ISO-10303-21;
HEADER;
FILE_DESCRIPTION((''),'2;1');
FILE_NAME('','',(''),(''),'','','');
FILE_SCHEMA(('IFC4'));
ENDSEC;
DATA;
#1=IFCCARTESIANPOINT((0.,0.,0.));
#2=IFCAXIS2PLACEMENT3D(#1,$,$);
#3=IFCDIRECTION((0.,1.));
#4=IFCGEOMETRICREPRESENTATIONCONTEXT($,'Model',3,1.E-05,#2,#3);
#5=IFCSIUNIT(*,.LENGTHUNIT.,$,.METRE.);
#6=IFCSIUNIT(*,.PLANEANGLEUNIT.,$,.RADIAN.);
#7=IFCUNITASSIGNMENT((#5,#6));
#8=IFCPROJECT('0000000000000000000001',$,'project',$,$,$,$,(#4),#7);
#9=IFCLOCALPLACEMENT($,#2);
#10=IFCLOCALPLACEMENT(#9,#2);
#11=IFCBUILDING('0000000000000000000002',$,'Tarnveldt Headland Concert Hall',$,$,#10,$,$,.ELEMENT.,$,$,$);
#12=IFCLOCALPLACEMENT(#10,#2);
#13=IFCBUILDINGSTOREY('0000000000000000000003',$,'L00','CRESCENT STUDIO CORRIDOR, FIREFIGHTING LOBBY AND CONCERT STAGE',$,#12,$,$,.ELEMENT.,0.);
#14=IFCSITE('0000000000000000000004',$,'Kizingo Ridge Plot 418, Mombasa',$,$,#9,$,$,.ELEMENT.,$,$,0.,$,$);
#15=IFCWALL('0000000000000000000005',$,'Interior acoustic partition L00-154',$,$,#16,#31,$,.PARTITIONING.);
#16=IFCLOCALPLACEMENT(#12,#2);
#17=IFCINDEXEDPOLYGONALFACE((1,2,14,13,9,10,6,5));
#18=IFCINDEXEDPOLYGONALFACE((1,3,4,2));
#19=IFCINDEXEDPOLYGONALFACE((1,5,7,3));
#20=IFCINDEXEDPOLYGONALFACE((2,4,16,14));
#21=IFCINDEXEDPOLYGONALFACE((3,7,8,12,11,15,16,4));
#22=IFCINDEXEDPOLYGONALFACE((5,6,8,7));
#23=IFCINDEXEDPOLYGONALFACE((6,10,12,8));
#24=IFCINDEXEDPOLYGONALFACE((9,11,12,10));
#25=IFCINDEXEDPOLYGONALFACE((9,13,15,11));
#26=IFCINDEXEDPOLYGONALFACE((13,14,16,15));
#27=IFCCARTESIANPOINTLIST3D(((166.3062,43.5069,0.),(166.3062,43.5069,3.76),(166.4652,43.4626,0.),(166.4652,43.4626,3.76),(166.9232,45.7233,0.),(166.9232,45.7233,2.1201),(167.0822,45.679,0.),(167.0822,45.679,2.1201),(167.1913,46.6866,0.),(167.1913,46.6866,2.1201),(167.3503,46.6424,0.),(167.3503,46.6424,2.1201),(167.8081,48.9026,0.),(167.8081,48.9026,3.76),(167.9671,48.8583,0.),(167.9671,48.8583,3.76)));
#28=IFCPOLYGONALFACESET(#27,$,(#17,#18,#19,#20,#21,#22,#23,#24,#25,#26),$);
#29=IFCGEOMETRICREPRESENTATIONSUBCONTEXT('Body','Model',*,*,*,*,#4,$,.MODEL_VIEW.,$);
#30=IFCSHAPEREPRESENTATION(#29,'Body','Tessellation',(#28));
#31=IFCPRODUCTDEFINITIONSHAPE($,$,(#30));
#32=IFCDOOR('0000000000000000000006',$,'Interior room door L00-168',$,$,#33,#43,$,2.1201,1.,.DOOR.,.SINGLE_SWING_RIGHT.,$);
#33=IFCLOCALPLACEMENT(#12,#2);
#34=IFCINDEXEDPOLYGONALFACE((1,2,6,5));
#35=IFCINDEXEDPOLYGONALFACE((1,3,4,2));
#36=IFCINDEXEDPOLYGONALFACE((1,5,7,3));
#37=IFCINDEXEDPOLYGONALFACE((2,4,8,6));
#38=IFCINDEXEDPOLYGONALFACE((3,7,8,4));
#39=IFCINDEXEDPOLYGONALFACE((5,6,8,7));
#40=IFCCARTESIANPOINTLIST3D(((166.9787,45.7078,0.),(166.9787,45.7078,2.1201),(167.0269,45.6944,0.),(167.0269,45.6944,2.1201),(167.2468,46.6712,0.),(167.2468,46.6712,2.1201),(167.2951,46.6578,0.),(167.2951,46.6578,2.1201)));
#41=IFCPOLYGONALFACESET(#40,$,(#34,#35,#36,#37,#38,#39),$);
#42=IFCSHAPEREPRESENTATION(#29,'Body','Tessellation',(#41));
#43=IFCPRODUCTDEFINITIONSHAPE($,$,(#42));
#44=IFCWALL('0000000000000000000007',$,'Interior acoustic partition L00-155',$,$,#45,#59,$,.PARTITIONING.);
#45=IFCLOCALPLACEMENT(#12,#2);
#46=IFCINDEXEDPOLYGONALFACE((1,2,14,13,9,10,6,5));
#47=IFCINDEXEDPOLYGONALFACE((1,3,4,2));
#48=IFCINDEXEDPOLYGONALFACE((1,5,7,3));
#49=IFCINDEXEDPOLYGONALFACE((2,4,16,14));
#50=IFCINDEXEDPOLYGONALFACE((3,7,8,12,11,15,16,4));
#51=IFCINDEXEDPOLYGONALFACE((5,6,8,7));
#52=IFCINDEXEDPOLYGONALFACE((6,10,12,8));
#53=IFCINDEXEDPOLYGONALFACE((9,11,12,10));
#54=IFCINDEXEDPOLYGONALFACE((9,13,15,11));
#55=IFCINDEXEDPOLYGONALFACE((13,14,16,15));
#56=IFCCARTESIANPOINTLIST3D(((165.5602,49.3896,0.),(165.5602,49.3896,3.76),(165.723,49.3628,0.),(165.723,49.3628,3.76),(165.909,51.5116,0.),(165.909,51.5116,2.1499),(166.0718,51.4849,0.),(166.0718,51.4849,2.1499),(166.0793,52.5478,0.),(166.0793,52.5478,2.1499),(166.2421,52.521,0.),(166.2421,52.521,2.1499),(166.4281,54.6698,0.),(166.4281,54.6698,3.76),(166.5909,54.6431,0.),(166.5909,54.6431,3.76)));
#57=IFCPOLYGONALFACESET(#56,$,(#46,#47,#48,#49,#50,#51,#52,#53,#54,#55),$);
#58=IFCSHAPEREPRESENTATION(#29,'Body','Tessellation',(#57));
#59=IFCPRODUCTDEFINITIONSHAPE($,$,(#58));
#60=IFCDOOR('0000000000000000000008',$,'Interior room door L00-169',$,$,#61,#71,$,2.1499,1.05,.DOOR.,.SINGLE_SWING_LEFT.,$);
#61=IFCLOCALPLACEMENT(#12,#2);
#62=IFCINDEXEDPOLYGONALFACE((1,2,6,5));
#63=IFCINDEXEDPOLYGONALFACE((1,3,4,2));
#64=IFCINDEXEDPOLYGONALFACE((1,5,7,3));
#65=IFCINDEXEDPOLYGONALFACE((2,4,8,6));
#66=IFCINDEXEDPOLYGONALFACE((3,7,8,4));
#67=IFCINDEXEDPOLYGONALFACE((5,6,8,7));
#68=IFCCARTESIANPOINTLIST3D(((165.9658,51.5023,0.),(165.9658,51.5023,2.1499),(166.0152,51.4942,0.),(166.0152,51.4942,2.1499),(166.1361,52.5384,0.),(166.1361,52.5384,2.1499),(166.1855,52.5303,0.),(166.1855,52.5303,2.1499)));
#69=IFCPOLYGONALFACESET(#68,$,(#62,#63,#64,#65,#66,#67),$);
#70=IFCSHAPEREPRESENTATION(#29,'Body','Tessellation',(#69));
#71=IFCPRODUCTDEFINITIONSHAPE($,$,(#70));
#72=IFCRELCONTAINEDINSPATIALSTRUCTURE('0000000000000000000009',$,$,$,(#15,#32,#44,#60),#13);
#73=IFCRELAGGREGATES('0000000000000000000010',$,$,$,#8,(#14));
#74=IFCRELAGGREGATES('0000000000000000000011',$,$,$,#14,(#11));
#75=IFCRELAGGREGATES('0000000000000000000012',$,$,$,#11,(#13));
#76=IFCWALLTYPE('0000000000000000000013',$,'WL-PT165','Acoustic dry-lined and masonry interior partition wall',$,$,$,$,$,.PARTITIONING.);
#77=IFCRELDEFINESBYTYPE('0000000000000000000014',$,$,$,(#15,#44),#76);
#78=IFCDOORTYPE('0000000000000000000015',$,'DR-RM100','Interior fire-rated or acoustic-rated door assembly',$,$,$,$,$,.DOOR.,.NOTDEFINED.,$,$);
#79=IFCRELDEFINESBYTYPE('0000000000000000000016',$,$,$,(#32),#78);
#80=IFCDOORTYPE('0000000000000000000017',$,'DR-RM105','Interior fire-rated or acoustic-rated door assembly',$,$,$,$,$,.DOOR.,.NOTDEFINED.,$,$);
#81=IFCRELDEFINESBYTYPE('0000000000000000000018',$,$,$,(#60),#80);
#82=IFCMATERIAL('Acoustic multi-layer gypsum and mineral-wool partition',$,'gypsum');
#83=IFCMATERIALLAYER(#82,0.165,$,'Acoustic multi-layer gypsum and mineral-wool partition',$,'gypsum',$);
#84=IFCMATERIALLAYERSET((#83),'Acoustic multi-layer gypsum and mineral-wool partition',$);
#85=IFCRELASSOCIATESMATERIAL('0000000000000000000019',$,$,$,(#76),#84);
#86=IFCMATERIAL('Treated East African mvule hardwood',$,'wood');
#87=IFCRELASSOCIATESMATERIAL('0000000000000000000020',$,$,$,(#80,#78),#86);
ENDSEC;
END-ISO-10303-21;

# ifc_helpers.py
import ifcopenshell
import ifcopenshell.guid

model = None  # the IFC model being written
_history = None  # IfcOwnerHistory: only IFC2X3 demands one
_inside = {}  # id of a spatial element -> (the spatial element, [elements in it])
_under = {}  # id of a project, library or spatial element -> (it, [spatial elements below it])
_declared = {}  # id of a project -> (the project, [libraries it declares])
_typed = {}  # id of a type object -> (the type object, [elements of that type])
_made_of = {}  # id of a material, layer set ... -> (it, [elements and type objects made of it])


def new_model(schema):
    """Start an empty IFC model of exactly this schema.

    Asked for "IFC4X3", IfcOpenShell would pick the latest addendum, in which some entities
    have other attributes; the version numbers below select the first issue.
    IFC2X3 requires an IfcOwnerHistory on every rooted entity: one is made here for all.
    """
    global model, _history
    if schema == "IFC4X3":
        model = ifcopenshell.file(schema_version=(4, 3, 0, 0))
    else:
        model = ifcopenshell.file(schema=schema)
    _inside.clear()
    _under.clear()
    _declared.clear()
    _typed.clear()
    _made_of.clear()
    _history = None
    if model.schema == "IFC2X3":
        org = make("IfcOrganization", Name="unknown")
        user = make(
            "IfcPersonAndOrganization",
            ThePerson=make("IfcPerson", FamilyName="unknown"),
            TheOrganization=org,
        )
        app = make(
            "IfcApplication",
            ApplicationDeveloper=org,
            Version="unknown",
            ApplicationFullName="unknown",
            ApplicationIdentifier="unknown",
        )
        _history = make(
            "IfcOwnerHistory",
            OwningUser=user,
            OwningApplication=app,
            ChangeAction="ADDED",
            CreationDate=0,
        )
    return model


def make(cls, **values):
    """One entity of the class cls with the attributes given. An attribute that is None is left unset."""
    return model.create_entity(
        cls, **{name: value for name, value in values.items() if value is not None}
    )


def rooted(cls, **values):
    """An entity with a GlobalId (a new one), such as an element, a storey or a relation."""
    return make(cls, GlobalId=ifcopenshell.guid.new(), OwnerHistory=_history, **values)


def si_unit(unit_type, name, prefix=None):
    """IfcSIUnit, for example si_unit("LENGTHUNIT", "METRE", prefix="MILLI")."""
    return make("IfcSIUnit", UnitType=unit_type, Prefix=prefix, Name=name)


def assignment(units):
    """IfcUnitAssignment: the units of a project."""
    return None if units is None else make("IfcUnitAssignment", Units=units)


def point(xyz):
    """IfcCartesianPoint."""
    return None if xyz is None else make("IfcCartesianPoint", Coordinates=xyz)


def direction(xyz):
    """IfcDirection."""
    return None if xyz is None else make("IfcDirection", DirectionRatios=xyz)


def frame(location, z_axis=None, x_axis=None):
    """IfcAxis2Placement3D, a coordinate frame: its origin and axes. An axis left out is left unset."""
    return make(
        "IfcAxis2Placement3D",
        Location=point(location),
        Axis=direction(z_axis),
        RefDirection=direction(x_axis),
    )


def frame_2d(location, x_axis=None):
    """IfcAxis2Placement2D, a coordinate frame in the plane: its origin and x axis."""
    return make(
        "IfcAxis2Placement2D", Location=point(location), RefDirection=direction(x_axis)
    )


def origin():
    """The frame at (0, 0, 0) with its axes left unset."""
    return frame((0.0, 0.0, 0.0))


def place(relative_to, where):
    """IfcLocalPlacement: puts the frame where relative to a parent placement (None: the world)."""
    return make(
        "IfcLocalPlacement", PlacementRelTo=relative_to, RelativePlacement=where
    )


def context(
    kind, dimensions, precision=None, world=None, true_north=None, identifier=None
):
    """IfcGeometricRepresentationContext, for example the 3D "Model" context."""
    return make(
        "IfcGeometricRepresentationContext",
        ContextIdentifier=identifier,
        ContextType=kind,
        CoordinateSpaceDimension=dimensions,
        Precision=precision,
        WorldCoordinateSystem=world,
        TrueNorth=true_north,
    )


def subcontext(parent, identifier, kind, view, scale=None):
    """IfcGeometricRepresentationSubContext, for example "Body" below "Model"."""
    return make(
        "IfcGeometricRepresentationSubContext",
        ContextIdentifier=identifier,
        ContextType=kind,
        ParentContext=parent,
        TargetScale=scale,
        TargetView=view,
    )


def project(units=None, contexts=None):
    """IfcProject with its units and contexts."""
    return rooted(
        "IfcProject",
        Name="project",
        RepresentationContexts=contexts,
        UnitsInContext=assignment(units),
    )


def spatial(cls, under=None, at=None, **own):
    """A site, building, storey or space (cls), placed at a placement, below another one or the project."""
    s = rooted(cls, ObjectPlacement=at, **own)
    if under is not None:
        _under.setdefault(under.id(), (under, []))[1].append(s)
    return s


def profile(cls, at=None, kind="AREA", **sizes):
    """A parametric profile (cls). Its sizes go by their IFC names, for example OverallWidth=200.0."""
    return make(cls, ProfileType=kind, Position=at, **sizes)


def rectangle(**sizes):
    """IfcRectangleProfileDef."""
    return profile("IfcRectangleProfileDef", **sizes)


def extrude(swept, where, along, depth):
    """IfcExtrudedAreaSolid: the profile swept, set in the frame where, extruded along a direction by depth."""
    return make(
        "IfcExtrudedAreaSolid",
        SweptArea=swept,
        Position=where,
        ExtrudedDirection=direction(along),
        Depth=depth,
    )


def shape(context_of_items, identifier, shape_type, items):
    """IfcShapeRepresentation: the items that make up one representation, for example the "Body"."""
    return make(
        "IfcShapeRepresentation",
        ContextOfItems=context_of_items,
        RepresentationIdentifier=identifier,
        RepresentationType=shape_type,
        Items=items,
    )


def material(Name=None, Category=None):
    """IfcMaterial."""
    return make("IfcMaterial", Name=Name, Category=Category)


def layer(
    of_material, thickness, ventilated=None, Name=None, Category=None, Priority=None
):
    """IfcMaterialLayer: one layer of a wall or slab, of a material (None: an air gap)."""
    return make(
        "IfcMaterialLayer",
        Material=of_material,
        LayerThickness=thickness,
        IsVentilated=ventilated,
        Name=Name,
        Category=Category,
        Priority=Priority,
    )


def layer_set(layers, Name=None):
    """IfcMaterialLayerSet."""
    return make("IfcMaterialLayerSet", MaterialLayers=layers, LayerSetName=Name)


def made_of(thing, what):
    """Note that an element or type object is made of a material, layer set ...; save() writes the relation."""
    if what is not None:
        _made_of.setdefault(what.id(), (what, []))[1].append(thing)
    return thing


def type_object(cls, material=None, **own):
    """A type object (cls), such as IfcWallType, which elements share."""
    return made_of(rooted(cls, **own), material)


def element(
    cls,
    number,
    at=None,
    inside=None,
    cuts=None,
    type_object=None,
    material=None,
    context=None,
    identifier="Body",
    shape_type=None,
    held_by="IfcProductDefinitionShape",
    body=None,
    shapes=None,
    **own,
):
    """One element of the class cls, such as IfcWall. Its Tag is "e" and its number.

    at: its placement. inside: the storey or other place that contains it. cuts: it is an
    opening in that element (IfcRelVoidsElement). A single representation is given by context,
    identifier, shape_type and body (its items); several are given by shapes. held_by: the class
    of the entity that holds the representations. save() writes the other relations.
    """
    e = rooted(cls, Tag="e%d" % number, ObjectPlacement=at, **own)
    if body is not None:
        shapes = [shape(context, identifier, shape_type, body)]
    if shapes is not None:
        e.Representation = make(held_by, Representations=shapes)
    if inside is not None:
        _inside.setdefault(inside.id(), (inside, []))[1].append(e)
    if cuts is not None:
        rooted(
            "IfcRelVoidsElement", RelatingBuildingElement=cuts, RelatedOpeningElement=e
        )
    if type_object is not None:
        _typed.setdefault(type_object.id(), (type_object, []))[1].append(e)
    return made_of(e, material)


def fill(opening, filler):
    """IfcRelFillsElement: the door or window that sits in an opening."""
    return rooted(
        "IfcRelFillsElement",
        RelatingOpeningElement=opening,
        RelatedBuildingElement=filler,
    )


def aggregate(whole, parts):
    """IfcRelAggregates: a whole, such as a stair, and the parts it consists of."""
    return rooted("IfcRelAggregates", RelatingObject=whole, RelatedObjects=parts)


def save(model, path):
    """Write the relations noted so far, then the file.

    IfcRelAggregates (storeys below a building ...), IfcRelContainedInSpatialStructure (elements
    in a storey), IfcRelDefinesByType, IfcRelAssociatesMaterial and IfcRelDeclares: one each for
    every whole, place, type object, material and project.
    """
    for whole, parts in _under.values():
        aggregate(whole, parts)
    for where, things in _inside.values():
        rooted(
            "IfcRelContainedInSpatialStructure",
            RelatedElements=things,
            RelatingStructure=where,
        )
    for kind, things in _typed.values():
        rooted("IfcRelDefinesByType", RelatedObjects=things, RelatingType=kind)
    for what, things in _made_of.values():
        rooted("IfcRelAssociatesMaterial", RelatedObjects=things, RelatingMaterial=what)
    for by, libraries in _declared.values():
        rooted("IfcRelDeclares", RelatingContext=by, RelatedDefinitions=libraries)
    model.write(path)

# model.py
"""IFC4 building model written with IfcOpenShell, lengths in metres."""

from ifc_helpers import new_model, si_unit, direction, frame, frame_2d, origin, place, context, subcontext, project, spatial, rectangle, extrude, material, layer, layer_set, type_object, element, fill, save


model = new_model("IFC4")

# Units and contexts
model_context = context("Model", 3, precision=1e-05, world=origin(), true_north=direction((0.0, 1.0)))
body_context = subcontext(model_context, "Body", "Model", "MODEL_VIEW")
ifc_project = project(units=[si_unit("LENGTHUNIT", "METRE"), si_unit("PLANEANGLEUNIT", "RADIAN")], contexts=[model_context])

# Site, building, storey
site_placement = place(None, origin())
site = spatial("IfcSite", under=ifc_project, at=site_placement, Name="Kizingo Ridge Plot 418, Mombasa", CompositionType="ELEMENT", RefElevation=0.0)
building_placement = place(site_placement, origin())
building = spatial("IfcBuilding", under=site, at=building_placement, Name="Tarnveldt Headland Concert Hall", CompositionType="ELEMENT")
storey_placement = place(building_placement, origin())
storey = spatial("IfcBuildingStorey", under=building, at=storey_placement, Name="L00", Description="CRESCENT STUDIO CORRIDOR, FIREFIGHTING LOBBY AND CONCERT STAGE", CompositionType="ELEMENT", Elevation=0.0)

# Walls, openings, doors
ifc_material_1 = material(Name="Acoustic multi-layer gypsum and mineral-wool partition", Category="gypsum")
ifc_layer = layer(ifc_material_1, 0.165, Name="Acoustic multi-layer gypsum and mineral-wool partition", Category="gypsum")
ifc_layer_set = layer_set([ifc_layer], Name="Acoustic multi-layer gypsum and mineral-wool partition")
wall_type = type_object("IfcWallType", Name="WL-PT165", Description="Acoustic dry-lined and masonry interior partition wall", PredefinedType="PARTITIONING", material=ifc_layer_set)
ifc_material_2 = material(Name="Treated East African mvule hardwood", Category="wood")
door_type_1 = type_object("IfcDoorType", Name="DR-RM105", Description="Interior fire-rated or acoustic-rated door assembly", OperationType="NOTDEFINED", PredefinedType="DOOR", material=ifc_material_2)
door_type_2 = type_object("IfcDoorType", Name="DR-RM100", Description="Interior fire-rated or acoustic-rated door assembly", OperationType="NOTDEFINED", PredefinedType="DOOR", material=ifc_material_2)
wall_1_placement = place(storey_placement, frame((166.3857, 43.4849, 0.0), z_axis=(0.0, 0.0, 1.0), x_axis=(0.268163, 0.963374, 0.0)))
wall_1 = element("IfcWall", 1, at=wall_1_placement, inside=storey, type_object=wall_type, Name="Interior acoustic partition L00-154", PredefinedType="PARTITIONING", context=body_context, shape_type="SweptSolid", body=[
    extrude(rectangle(XDim=5.6008, YDim=0.165, at=frame_2d((2.8003, 0.0))), origin(), (0.0, 0.0, 1.0), 3.76),
])
opening_1_placement = place(wall_1_placement, frame((2.3005, 0.0, 0.0)))
opening_1 = element("IfcOpeningElement", 2, at=opening_1_placement, cuts=wall_1, PredefinedType="OPENING", context=body_context, shape_type="SweptSolid", body=[
    extrude(rectangle(XDim=1.0, YDim=2.1201, at=frame_2d((0.5, 1.0601))), frame((0.0, 0.0925, 0.0), z_axis=(0.0, -1.0, 0.0), x_axis=(1.0, 0.0, 0.0)), (0.0, 0.0, 1.0), 0.1851),
])
door_1_placement = place(opening_1_placement, origin())
door_1 = element("IfcDoor", 3, at=door_1_placement, inside=storey, type_object=door_type_2, Name="Interior room door L00-168", OperationType="SINGLE_SWING_RIGHT", OverallHeight=2.1201, OverallWidth=1.0, PredefinedType="DOOR", context=body_context, shape_type="SweptSolid", body=[
    extrude(rectangle(XDim=1.0, YDim=2.1201, at=frame_2d((0.5, 1.0601))), frame((0.0, 0.0249, 0.0), z_axis=(0.0, -1.0, 0.0), x_axis=(1.0, 0.0, 0.0)), (0.0, 0.0, 1.0), 0.05),
])
fill(opening_1, door_1)
wall_2_placement = place(storey_placement, frame((165.6416, 49.3762, 0.0), z_axis=(0.0, 0.0, 1.0), x_axis=(0.162194, 0.986759, 0.0)))
wall_2 = element("IfcWall", 4, at=wall_2_placement, inside=storey, type_object=wall_type, Name="Interior acoustic partition L00-155", PredefinedType="PARTITIONING", context=body_context, shape_type="SweptSolid", body=[
    extrude(rectangle(XDim=5.3511, YDim=0.165, at=frame_2d((2.6755, 0.0))), origin(), (0.0, 0.0, 1.0), 3.76),
])
opening_2_placement = place(wall_2_placement, frame((2.1506, 0.0, 0.0)))
opening_2 = element("IfcOpeningElement", 5, at=opening_2_placement, cuts=wall_2, PredefinedType="OPENING", context=body_context, shape_type="SweptSolid", body=[
    extrude(rectangle(XDim=1.05, YDim=2.1499, at=frame_2d((0.5249, 1.075))), frame((0.0, 0.0925, 0.0), z_axis=(0.0, -1.0, 0.0), x_axis=(1.0, 0.0, 0.0)), (0.0, 0.0, 1.0), 0.1851),
])
door_2_placement = place(opening_2_placement, origin())
door_2 = element("IfcDoor", 6, at=door_2_placement, inside=storey, type_object=door_type_1, Name="Interior room door L00-169", OperationType="SINGLE_SWING_LEFT", OverallHeight=2.1499, OverallWidth=1.05, PredefinedType="DOOR", context=body_context, shape_type="SweptSolid", body=[
    extrude(rectangle(XDim=1.05, YDim=2.1499, at=frame_2d((0.5249, 1.075))), frame((0.0, 0.0249, 0.0), z_axis=(0.0, -1.0, 0.0), x_axis=(1.0, 0.0, 0.0)), (0.0, 0.0, 1.0), 0.05),
])
fill(opening_2, door_2)

save(model, "model.ifc")
